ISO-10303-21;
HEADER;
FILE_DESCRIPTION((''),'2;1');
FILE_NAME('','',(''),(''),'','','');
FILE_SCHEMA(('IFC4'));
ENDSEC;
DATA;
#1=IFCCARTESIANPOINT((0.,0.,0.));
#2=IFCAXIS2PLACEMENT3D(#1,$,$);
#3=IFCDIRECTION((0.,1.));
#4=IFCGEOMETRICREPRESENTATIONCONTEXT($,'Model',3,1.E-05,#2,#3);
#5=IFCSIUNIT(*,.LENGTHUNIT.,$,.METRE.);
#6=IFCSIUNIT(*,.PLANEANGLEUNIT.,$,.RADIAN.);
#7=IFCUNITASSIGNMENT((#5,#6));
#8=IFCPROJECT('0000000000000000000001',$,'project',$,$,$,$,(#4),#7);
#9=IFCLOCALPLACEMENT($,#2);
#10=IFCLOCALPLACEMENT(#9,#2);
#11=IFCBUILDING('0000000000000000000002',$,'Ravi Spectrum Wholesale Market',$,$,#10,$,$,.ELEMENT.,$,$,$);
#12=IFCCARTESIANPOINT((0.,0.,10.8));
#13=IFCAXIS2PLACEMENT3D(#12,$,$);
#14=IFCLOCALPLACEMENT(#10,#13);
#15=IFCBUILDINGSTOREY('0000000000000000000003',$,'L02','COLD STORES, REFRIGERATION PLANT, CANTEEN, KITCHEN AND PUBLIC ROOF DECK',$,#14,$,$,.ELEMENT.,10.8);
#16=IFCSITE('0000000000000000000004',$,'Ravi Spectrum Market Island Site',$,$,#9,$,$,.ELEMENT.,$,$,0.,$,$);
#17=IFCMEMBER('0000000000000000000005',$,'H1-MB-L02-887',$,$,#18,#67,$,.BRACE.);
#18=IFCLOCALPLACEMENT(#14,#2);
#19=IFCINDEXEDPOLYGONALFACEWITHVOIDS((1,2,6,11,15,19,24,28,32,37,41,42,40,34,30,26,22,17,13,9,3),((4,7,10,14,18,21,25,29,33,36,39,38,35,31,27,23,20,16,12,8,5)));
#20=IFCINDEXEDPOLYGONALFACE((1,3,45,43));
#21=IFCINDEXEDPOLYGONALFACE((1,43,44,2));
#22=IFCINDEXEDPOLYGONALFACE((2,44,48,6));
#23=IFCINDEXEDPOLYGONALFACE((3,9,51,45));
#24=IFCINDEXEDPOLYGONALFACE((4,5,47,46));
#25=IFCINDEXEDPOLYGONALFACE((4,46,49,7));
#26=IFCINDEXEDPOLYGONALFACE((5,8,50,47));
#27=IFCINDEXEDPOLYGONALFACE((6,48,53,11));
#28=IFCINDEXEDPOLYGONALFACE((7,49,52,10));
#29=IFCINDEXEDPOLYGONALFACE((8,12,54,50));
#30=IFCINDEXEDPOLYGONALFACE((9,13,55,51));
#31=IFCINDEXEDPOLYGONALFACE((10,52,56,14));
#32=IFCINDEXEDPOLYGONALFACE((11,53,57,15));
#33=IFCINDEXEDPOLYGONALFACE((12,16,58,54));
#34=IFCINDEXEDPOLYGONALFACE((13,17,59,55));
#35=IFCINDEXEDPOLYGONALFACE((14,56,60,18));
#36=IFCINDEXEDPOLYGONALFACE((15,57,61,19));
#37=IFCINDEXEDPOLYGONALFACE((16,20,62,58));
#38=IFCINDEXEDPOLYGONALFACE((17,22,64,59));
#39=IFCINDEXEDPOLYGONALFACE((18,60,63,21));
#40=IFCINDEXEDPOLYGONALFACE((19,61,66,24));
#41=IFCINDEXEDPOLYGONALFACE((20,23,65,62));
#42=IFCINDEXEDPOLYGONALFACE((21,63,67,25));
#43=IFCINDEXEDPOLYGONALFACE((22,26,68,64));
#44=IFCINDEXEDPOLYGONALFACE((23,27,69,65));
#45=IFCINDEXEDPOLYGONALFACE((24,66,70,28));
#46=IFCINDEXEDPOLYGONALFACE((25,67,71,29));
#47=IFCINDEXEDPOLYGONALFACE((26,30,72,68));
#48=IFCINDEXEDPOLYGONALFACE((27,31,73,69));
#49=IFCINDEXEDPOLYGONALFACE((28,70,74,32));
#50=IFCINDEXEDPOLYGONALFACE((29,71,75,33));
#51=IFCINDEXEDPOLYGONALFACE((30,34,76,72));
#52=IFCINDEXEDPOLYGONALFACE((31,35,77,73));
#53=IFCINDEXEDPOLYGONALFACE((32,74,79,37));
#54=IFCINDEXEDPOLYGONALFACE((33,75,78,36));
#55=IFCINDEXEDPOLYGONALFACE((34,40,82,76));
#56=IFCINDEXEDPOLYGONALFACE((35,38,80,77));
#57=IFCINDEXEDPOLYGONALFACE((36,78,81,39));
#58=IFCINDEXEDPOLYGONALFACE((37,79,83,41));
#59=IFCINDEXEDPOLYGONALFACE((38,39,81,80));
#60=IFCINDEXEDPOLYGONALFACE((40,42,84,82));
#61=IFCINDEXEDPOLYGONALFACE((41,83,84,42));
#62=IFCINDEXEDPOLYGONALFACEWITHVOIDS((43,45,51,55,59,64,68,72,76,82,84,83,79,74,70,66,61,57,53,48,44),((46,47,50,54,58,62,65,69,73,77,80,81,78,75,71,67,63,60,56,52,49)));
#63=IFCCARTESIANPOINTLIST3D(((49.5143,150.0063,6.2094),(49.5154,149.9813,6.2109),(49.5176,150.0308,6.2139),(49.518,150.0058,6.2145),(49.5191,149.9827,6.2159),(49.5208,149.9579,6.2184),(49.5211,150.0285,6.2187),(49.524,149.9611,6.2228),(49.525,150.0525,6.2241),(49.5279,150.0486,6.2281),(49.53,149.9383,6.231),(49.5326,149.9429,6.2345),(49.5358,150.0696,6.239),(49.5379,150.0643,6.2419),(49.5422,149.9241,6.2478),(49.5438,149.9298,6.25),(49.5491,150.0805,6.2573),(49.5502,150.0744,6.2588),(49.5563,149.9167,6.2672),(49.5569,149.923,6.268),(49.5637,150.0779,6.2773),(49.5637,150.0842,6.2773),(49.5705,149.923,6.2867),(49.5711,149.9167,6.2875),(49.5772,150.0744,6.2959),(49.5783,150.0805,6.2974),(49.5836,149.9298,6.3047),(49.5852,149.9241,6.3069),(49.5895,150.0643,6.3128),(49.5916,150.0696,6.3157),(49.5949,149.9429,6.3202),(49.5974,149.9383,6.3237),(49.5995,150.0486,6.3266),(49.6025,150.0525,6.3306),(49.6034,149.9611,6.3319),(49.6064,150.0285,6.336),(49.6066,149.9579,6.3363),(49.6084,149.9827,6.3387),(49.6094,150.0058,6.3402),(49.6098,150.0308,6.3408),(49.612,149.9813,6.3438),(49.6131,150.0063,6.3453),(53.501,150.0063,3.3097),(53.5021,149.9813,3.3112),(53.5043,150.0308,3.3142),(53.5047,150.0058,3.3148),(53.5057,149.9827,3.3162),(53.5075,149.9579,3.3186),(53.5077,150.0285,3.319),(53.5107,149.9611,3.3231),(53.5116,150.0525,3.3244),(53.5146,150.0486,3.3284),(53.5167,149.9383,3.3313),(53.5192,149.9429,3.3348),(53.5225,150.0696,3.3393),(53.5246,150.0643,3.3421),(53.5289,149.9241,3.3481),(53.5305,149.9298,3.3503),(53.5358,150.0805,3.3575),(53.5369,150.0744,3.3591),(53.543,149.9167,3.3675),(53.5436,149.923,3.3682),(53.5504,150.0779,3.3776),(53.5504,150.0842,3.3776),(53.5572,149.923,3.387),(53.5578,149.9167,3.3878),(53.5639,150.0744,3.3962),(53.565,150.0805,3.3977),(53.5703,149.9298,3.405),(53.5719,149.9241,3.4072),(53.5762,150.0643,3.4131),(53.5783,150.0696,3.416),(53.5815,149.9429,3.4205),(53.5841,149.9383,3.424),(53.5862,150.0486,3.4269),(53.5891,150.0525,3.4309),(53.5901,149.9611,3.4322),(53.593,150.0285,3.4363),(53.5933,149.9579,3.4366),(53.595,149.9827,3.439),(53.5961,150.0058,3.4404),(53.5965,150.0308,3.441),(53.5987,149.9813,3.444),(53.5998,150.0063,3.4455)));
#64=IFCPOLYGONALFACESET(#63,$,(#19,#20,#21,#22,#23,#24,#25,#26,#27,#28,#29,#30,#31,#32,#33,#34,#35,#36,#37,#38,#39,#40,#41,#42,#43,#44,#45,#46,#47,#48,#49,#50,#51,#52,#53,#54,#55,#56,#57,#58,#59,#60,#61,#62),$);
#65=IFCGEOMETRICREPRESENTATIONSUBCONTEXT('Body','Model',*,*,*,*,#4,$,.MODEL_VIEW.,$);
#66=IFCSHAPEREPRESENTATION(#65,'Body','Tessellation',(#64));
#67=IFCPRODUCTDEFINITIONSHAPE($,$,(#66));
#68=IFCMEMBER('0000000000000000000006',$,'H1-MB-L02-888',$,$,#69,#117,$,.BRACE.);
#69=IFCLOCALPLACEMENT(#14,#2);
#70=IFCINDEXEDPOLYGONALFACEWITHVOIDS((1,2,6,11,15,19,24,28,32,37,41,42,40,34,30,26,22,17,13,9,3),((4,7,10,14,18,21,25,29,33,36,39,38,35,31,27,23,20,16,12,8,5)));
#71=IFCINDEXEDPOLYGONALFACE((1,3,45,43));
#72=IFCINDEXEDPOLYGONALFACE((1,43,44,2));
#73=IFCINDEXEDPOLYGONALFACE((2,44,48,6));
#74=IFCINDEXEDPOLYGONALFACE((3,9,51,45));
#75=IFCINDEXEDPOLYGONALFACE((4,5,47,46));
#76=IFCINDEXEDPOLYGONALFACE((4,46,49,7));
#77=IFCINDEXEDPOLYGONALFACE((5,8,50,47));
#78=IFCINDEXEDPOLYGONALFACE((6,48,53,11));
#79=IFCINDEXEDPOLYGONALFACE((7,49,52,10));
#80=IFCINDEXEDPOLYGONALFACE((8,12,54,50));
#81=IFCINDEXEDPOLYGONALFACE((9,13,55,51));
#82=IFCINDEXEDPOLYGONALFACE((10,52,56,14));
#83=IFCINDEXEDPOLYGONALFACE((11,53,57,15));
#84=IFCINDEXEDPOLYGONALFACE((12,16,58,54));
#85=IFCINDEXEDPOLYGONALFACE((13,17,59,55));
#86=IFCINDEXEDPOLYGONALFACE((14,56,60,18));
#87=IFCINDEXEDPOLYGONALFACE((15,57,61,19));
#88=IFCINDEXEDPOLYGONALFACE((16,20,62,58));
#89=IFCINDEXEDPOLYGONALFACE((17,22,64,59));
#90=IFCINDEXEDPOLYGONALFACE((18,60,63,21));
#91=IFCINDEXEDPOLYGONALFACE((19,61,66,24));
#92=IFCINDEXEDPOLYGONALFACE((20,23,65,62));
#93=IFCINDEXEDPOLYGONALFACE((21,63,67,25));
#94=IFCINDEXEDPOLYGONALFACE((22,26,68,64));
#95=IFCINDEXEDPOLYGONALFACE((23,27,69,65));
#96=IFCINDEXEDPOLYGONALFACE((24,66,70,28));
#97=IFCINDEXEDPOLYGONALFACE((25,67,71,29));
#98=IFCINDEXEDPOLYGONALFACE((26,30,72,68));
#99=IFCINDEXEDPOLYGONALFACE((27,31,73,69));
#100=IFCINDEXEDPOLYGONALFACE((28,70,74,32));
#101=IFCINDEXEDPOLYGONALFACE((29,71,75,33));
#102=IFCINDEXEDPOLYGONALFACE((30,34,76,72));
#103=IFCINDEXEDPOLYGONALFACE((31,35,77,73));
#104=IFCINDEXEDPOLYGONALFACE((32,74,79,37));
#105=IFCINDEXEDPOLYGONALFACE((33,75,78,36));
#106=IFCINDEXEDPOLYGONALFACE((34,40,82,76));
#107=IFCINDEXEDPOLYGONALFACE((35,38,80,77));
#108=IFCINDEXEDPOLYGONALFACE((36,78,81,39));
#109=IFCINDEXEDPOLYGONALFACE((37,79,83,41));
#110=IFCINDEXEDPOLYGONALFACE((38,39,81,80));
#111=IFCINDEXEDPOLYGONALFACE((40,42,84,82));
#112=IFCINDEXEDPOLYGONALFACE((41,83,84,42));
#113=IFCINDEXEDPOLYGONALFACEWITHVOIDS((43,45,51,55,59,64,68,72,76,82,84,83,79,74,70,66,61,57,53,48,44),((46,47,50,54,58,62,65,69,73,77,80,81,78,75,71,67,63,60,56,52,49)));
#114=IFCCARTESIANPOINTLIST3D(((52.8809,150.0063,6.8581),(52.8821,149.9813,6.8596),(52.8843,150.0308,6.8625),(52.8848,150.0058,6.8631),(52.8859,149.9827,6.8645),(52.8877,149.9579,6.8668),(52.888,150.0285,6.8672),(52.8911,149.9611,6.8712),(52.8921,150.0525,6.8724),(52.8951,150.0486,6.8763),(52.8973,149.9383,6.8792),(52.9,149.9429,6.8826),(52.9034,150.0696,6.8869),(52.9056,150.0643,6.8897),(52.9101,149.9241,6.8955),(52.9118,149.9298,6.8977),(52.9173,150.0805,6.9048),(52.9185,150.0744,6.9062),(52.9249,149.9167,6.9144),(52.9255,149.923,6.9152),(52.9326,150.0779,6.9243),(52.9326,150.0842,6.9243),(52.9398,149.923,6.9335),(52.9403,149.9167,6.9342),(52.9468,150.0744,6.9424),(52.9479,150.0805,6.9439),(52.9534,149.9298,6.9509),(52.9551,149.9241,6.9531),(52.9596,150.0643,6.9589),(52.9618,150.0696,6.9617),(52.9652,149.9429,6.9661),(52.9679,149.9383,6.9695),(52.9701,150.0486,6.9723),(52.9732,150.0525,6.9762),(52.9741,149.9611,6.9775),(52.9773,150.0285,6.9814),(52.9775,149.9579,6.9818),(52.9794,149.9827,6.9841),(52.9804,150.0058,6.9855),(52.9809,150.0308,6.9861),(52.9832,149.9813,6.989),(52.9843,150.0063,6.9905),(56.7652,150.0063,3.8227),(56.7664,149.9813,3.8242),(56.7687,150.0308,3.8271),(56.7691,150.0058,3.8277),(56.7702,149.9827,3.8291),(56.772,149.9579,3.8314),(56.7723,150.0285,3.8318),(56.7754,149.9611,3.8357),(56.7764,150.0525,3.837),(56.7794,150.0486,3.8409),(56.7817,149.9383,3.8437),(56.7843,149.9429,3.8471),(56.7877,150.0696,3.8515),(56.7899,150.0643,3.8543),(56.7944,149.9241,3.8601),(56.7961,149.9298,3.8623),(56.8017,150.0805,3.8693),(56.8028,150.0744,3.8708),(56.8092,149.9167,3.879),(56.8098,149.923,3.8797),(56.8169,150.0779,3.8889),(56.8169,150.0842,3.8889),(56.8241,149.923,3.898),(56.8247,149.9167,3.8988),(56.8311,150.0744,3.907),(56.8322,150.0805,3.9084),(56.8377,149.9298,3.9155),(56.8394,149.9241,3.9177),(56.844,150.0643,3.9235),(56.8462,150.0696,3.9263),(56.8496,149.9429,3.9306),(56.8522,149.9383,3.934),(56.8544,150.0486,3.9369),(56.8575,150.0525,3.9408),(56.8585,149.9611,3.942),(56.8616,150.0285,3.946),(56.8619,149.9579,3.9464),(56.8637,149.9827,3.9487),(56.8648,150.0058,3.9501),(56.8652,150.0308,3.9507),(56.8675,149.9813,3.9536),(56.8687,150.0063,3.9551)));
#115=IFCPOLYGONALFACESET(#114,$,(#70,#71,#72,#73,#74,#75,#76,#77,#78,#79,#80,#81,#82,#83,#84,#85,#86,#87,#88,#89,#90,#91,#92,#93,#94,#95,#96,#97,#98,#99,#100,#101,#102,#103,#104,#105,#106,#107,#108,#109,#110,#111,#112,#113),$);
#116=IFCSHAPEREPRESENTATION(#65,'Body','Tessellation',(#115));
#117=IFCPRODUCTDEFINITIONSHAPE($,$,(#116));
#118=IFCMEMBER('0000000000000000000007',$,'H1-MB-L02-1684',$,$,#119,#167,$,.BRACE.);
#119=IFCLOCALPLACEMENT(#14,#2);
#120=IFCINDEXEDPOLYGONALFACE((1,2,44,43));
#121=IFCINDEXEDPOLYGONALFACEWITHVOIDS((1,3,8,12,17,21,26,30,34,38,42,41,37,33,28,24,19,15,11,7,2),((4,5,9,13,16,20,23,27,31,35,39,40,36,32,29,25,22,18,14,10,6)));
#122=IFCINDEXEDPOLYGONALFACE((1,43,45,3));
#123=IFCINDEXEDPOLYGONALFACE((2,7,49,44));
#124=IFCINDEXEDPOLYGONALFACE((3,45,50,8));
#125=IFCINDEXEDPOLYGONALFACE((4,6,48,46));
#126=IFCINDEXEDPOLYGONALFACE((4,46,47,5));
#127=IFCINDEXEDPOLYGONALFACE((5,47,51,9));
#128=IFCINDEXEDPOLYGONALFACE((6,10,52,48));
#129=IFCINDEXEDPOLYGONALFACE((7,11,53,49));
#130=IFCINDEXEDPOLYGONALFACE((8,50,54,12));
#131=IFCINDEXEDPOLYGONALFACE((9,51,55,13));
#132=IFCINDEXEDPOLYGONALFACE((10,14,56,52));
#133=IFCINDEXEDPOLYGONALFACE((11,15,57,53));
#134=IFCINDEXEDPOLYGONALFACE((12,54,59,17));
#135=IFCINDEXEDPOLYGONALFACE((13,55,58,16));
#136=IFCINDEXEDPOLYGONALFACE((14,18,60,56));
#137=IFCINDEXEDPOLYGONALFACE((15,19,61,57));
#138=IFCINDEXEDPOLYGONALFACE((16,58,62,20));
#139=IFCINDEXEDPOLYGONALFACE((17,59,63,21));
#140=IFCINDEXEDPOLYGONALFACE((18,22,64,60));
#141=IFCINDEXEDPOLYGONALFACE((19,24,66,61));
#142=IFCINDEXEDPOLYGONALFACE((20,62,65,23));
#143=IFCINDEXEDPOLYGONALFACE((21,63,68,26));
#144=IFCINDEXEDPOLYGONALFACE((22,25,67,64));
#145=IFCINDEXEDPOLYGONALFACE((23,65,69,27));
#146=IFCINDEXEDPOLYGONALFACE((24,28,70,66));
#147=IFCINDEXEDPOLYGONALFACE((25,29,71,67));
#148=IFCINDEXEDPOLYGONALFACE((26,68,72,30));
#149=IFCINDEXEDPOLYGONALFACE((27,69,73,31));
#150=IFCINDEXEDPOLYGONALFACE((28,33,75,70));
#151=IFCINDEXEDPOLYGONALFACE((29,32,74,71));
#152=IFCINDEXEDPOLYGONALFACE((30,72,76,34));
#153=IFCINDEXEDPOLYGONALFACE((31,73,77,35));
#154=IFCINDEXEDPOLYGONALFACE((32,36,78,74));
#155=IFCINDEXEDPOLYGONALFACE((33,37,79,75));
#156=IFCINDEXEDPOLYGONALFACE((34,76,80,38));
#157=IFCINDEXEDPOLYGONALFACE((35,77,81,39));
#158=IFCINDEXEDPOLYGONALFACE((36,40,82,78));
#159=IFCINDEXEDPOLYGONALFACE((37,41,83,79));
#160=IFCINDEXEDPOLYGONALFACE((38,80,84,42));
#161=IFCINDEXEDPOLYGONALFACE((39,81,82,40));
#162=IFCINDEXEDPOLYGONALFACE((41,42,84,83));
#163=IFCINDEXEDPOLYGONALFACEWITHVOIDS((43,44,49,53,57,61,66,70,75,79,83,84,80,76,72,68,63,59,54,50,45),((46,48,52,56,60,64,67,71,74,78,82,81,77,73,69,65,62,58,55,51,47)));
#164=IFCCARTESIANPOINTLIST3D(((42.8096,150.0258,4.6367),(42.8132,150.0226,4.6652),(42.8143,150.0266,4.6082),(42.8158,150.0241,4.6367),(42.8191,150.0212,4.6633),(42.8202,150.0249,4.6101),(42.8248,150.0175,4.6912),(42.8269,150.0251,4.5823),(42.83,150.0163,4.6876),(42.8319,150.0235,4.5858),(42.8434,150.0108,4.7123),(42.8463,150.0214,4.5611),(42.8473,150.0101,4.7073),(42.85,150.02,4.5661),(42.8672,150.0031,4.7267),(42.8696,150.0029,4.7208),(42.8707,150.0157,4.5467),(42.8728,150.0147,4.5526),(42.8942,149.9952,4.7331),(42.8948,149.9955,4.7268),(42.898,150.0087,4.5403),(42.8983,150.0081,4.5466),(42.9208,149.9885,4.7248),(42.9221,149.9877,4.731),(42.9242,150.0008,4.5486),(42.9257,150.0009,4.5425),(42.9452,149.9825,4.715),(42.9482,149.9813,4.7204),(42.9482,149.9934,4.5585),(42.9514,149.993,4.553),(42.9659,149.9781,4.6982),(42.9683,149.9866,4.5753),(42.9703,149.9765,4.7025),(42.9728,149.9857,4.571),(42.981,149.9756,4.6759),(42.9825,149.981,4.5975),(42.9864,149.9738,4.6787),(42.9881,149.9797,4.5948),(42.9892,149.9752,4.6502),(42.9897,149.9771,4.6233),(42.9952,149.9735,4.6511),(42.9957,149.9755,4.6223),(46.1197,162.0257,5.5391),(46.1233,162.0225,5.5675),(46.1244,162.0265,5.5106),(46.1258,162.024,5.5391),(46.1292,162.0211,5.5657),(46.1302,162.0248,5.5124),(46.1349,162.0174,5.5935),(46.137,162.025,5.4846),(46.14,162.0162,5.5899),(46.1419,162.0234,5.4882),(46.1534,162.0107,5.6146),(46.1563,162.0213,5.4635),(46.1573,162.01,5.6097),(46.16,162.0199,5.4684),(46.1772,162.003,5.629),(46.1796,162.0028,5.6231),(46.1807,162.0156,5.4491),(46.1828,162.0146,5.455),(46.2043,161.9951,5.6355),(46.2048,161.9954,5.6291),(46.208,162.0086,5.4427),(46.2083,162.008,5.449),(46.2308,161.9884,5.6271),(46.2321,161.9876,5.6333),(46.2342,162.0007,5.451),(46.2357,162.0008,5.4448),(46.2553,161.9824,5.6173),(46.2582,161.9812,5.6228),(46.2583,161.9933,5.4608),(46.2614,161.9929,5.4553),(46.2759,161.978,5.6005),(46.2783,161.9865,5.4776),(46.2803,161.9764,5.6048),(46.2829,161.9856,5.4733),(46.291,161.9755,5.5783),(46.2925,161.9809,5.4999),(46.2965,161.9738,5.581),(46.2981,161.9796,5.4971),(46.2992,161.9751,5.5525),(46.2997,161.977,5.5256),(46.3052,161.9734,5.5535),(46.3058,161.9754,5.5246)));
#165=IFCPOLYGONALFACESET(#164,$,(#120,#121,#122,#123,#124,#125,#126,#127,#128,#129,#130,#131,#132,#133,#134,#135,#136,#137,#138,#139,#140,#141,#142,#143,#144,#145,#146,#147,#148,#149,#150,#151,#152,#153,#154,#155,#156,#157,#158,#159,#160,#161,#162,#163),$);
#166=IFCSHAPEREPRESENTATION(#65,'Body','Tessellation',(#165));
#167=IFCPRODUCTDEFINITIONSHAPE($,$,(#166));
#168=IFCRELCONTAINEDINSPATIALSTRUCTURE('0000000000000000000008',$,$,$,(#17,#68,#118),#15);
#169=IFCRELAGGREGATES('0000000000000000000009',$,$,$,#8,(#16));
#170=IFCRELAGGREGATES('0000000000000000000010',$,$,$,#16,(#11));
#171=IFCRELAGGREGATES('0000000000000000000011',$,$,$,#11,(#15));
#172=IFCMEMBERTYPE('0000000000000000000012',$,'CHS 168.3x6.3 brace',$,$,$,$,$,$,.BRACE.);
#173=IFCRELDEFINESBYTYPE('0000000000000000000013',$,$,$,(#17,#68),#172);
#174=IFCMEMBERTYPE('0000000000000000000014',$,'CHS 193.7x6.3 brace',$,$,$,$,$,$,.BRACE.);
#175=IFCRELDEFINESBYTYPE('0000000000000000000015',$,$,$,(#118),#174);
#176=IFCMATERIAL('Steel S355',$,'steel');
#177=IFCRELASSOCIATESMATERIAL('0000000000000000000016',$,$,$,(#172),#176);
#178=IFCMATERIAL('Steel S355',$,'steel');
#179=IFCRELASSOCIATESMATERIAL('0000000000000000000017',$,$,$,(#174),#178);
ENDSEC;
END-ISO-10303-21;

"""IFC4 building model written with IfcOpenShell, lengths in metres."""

from ifc_helpers import new_model, si_unit, direction, frame, origin, origin_2d, place, context, subcontext, project, spatial, hollow_circle, extrude, material, material_profile, profile_set, type_object, element, save


model = new_model("IFC4")

# Units and contexts
model_context = context("Model", 3, precision=1e-05, world=origin(), true_north=direction((0.0, 1.0)))
body_context = subcontext(model_context, "Body", "Model", "MODEL_VIEW")
ifc_project = project(units=[si_unit("LENGTHUNIT", "METRE"), si_unit("PLANEANGLEUNIT", "RADIAN")], contexts=[model_context])

# Site, building, storey
site_placement = place(None, origin())
site = spatial("IfcSite", under=ifc_project, at=site_placement, Name="Ravi Spectrum Market Island Site", CompositionType="ELEMENT", RefElevation=0.0)
building_placement = place(site_placement, origin())
building = spatial("IfcBuilding", under=site, at=building_placement, Name="Ravi Spectrum Wholesale Market", CompositionType="ELEMENT")
storey_placement = place(building_placement, frame((0.0, 0.0, 10.8)))
storey = spatial("IfcBuildingStorey", under=building, at=storey_placement, Name="L02", Description="COLD STORES, REFRIGERATION PLANT, CANTEEN, KITCHEN AND PUBLIC ROOF DECK", CompositionType="ELEMENT", Elevation=10.8)

# Members
ifc_material_1 = material(Name="Steel S355", Category="steel")
ifc_material_profile_1 = material_profile(ifc_material_1, hollow_circle(Radius=0.0842, WallThickness=0.0063, at=origin_2d()))
ifc_profile_set_1 = profile_set([ifc_material_profile_1], Name="Steel S355")
member_type_1 = type_object("IfcMemberType", Name="CHS 168.3x6.3 brace", PredefinedType="BRACE", material=ifc_profile_set_1)
for number, where, z_axis, x_axis, name in (
    (1, (49.5637, 150.0, 6.2773), (0.808704, 0.0, -0.588216), (0.0, 1.0, 0.0), "H1-MB-L02-887"),
    (2, (52.9326, 150.0, 6.9243), (0.787945, 0.0, -0.615746), (0.0, 1.0, 0.0), "H1-MB-L02-888"),
):
    element("IfcMember", number, at=place(storey_placement, frame(where, z_axis=z_axis, x_axis=x_axis)), inside=storey, type_object=member_type_1, Name=name, PredefinedType="BRACE", context=body_context, shape_type="SweptSolid", body=[
        extrude(hollow_circle(Radius=0.0842, WallThickness=0.0063, at=origin_2d()), origin(), (0.0, 0.0, 1.0), 4.9297),
    ])
ifc_material_2 = material(Name="Steel S355", Category="steel")
ifc_material_profile_2 = material_profile(ifc_material_2, hollow_circle(Radius=0.0969, WallThickness=0.0063, at=origin_2d()))
ifc_profile_set_2 = profile_set([ifc_material_profile_2], Name="Steel S355")
member_type_2 = type_object("IfcMemberType", Name="CHS 193.7x6.3 brace", PredefinedType="BRACE", material=ifc_profile_set_2)
member_1_placement = place(storey_placement, frame((42.9031, 150.0, 4.6367), z_axis=(0.265212, 0.961476, 0.072298), x_axis=(-0.963999, 0.265908, 0.0)))
element("IfcMember", 3, at=member_1_placement, inside=storey, type_object=member_type_2, Name="H1-MB-L02-1684", PredefinedType="BRACE", context=body_context, shape_type="SweptSolid", body=[
    extrude(hollow_circle(Radius=0.0969, WallThickness=0.0063, at=origin_2d()), origin(), (0.0, 0.0, 1.0), 12.4807),
])

save(model, "model.ifc")
